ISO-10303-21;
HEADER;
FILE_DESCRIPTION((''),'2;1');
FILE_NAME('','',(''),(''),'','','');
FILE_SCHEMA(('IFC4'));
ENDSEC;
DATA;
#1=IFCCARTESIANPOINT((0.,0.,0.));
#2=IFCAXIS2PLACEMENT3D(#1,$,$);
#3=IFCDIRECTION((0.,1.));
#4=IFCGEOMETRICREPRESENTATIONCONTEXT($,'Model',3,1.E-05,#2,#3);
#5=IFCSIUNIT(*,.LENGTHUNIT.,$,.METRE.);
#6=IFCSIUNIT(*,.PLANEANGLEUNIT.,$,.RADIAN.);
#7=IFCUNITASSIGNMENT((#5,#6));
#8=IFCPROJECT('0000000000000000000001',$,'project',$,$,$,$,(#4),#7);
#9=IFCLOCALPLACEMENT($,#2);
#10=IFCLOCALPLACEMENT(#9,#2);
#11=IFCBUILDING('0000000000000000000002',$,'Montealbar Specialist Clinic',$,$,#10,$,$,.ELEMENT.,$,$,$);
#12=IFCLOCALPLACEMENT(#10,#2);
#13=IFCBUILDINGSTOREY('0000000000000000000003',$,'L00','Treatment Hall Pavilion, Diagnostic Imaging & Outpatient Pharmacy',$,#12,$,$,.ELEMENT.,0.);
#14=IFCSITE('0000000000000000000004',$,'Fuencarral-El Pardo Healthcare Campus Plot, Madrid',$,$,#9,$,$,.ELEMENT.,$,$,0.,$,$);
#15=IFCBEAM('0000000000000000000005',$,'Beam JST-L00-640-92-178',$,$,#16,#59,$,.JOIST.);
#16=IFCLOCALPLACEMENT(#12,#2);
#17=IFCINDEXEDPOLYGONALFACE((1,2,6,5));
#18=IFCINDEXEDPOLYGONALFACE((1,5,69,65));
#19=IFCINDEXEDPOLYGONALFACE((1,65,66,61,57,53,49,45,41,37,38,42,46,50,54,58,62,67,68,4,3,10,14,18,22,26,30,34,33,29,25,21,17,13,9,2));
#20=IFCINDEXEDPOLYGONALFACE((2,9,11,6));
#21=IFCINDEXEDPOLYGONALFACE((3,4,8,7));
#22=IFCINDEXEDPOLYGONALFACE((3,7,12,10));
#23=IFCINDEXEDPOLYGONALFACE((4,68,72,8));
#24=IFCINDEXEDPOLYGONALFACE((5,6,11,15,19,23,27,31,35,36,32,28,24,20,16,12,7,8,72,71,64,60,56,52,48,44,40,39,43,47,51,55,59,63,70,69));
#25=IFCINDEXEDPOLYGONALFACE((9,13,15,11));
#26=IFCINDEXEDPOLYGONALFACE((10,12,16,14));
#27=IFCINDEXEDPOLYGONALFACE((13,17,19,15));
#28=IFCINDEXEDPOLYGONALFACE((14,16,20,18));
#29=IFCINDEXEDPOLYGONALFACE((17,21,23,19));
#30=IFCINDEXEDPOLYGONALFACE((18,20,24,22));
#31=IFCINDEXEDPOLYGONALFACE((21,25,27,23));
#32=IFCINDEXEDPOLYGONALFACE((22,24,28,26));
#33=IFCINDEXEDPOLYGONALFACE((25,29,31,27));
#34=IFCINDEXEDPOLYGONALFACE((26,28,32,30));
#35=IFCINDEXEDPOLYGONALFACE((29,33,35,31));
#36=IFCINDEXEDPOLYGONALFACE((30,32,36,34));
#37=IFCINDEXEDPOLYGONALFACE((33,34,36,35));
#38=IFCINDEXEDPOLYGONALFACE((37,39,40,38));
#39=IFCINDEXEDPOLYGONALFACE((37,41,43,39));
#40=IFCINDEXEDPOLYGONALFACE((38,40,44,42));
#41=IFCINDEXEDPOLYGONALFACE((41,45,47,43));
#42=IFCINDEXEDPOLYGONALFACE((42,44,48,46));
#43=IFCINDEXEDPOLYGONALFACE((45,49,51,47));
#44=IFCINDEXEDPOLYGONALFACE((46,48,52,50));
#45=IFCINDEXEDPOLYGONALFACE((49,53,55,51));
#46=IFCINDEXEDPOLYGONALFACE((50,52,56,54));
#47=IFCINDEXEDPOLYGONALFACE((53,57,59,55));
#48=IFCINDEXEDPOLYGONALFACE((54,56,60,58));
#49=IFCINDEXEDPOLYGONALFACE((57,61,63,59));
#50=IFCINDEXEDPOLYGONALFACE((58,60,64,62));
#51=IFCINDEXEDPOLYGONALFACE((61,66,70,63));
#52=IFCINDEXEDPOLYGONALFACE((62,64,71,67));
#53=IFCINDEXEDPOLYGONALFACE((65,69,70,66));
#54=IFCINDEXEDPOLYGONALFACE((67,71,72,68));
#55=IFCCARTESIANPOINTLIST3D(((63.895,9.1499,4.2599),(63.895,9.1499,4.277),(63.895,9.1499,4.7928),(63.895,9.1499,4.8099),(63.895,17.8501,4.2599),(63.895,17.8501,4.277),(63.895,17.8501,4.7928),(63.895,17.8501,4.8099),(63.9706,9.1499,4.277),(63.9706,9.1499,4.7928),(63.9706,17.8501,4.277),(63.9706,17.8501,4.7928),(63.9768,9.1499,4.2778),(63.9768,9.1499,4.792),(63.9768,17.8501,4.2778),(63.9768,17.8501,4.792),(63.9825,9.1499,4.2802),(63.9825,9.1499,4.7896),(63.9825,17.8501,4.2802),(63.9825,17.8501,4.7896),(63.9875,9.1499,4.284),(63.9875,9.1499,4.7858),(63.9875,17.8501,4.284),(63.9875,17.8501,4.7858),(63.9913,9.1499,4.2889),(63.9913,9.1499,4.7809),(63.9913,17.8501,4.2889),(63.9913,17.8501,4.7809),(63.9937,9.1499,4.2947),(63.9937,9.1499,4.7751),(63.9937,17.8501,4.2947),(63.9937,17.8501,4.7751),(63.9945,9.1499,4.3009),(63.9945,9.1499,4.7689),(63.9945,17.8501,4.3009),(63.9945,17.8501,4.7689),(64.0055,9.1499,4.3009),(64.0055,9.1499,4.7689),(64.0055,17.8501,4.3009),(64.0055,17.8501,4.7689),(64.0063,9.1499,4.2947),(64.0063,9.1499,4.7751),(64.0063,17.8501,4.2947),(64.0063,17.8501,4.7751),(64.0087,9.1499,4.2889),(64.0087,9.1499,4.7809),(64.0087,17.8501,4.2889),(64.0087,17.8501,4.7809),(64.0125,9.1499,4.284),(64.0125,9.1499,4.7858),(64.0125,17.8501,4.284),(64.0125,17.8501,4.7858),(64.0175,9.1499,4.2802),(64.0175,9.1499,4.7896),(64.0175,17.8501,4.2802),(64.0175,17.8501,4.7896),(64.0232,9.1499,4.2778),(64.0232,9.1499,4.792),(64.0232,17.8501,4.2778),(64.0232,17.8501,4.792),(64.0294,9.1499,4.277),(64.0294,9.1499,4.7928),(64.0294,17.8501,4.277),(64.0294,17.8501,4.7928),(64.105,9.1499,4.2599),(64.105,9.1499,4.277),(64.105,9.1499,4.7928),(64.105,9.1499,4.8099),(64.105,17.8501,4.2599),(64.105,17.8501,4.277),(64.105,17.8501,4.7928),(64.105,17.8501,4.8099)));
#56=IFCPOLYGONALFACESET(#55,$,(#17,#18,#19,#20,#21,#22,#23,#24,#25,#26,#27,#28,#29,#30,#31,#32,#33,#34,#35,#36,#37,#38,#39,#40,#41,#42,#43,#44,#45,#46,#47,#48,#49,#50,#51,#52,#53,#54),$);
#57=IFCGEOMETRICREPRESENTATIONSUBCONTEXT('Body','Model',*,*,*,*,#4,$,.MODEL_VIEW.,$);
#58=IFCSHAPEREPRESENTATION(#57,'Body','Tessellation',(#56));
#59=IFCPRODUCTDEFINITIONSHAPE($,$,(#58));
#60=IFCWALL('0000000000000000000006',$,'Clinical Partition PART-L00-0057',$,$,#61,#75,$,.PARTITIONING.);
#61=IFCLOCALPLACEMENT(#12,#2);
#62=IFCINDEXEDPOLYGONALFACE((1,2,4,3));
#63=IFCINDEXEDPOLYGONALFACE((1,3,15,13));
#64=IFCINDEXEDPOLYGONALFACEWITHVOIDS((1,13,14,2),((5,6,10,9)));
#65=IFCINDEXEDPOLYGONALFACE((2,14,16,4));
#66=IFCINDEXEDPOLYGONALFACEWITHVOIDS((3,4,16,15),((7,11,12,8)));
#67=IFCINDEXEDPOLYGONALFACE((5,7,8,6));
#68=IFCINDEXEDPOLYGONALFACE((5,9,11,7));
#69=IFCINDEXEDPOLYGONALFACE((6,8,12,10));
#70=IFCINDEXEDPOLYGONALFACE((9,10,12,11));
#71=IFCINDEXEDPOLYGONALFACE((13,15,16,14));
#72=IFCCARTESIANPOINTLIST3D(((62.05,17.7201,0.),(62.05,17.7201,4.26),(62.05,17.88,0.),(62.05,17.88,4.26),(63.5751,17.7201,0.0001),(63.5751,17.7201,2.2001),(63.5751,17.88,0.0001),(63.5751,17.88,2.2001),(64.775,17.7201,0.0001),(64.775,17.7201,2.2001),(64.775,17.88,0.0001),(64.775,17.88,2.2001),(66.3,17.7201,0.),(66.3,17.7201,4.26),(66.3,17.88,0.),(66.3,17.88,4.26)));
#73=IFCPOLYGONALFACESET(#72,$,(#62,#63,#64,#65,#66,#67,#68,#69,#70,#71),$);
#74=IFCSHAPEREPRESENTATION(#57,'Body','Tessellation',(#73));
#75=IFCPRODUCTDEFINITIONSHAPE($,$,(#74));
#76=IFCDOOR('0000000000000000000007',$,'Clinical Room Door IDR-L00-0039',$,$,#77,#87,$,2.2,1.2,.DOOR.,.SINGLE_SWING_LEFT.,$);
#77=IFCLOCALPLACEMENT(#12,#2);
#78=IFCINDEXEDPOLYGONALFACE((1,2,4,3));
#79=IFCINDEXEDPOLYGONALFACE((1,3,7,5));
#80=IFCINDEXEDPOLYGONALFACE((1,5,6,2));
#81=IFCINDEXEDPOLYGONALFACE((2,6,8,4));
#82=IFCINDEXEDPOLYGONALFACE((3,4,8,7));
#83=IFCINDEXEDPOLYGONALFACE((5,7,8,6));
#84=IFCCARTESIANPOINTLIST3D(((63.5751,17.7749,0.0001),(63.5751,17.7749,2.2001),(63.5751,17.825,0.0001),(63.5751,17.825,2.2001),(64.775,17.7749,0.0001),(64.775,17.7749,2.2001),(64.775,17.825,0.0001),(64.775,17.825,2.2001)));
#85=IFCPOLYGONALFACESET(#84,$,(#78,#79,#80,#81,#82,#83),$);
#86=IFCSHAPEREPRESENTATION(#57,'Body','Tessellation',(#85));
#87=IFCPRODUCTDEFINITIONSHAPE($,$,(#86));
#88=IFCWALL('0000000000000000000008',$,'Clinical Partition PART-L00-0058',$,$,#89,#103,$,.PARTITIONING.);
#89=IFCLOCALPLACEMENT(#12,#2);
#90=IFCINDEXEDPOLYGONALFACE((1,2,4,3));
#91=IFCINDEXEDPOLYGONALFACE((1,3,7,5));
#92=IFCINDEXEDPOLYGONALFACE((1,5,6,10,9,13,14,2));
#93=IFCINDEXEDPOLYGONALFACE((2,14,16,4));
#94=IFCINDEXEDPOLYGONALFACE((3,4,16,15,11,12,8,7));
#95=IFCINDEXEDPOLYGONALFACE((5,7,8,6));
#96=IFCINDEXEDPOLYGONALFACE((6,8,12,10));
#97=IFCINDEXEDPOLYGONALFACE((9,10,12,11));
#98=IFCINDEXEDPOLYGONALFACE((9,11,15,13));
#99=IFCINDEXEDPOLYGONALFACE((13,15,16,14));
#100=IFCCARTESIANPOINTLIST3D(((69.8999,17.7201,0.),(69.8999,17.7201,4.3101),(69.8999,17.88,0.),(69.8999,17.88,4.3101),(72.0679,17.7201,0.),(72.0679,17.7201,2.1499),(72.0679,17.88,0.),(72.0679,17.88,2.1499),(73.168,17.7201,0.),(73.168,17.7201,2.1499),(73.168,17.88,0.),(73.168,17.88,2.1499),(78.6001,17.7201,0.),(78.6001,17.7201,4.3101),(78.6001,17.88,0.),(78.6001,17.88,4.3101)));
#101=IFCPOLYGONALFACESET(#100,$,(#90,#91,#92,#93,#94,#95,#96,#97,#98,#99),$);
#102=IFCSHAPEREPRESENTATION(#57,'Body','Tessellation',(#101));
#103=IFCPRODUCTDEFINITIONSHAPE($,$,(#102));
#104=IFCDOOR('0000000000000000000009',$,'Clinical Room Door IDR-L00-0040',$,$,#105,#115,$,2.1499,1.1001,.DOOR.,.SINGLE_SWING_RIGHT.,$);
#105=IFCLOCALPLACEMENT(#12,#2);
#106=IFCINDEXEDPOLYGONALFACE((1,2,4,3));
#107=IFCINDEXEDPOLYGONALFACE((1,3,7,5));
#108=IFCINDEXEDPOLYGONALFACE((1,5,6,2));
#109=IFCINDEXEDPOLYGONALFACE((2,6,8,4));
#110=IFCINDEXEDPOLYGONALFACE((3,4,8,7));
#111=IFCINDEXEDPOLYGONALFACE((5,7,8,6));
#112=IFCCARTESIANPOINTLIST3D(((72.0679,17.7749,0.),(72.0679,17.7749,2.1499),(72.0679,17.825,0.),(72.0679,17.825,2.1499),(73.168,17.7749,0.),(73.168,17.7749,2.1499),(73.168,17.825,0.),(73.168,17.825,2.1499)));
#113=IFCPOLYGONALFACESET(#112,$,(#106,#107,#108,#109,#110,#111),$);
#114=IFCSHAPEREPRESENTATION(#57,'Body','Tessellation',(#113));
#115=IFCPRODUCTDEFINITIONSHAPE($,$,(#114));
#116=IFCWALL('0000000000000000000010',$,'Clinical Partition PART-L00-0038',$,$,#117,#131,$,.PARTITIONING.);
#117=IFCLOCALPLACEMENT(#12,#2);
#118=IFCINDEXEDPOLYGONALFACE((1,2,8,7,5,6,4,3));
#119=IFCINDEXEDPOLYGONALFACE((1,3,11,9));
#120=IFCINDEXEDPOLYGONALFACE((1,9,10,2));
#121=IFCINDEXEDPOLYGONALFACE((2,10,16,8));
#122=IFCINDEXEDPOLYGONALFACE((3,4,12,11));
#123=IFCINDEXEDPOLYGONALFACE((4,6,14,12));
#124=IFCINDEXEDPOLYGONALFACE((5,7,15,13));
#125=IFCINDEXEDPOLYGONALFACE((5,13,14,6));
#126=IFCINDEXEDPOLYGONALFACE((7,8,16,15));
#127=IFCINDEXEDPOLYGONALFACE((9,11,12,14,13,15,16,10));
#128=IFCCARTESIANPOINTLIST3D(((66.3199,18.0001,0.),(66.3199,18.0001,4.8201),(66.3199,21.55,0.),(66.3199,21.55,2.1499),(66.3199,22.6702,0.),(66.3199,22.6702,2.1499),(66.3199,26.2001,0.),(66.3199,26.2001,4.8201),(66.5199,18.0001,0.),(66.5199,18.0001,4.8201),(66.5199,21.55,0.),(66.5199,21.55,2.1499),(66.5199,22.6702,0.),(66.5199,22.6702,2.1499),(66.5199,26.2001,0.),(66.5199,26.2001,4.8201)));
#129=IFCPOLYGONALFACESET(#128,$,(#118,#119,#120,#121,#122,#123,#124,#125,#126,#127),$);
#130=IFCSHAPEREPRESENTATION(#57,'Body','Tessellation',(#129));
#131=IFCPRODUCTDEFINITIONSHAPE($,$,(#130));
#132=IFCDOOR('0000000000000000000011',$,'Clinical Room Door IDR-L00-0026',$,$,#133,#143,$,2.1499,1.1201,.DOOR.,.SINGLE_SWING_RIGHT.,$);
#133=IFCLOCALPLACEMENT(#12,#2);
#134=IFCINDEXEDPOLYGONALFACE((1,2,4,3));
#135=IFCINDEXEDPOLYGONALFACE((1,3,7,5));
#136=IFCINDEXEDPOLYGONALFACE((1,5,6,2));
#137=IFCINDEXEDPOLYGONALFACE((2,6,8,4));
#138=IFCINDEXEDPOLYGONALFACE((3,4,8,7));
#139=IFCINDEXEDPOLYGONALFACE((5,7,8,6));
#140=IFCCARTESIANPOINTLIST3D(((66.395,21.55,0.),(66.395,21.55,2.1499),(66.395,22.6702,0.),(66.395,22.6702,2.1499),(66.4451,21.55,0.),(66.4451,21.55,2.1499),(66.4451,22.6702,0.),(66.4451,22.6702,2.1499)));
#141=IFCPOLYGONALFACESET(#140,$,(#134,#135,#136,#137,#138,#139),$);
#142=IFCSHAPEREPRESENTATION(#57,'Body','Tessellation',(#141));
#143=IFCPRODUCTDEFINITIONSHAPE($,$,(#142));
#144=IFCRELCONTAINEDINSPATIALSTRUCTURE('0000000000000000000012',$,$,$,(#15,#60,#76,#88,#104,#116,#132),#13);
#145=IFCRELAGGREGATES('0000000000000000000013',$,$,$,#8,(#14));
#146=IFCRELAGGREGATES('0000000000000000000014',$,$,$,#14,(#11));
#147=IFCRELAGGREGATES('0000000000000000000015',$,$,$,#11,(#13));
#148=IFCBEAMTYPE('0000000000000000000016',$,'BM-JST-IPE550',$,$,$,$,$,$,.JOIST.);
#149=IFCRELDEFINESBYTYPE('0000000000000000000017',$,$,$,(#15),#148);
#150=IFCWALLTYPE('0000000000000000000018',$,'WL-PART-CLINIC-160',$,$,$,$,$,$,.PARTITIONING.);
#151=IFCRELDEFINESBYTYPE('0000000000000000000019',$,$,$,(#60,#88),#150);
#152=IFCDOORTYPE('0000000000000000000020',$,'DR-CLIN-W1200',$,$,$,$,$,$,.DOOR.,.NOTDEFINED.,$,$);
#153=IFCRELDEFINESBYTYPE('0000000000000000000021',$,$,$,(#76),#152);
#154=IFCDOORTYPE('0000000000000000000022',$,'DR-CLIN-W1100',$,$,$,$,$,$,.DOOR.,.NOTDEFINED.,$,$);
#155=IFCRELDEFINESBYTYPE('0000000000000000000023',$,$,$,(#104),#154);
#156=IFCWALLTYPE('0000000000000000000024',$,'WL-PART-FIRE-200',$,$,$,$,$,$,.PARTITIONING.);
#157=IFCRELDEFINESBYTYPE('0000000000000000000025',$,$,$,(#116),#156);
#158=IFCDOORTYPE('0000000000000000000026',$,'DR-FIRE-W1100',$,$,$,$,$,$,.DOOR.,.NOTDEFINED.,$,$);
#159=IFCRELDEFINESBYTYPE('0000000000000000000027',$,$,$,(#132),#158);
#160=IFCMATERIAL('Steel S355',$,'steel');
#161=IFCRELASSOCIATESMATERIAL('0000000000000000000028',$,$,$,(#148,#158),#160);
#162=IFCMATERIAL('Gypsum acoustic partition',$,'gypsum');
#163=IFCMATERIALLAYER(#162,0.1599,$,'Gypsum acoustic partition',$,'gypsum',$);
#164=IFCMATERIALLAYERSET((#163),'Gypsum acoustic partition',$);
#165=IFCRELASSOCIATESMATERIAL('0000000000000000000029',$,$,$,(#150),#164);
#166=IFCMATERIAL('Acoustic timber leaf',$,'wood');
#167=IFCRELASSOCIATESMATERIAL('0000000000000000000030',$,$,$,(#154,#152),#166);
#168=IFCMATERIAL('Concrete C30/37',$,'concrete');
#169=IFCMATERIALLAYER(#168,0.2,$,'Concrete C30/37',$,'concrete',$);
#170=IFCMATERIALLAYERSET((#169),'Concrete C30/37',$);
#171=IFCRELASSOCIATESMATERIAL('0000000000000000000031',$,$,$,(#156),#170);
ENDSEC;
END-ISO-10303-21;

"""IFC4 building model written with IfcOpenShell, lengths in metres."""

from ifc_helpers import new_model, si_unit, direction, frame, frame_2d, origin, origin_2d, place, context, subcontext, project, spatial, rectangle, i_section, extrude, material, layer, layer_set, material_profile, profile_set, type_object, element, fill, save


model = new_model("IFC4")

# Units and contexts
model_context = context("Model", 3, precision=1e-05, world=origin(), true_north=direction((0.0, 1.0)))
body_context = subcontext(model_context, "Body", "Model", "MODEL_VIEW")
ifc_project = project(units=[si_unit("LENGTHUNIT", "METRE"), si_unit("PLANEANGLEUNIT", "RADIAN")], contexts=[model_context])

# Site, building, storey
site_placement = place(None, origin())
site = spatial("IfcSite", under=ifc_project, at=site_placement, Name="Fuencarral-El Pardo Healthcare Campus Plot, Madrid", CompositionType="ELEMENT", RefElevation=0.0)
building_placement = place(site_placement, origin())
building = spatial("IfcBuilding", under=site, at=building_placement, Name="Montealbar Specialist Clinic", CompositionType="ELEMENT")
storey_placement = place(building_placement, origin())
storey = spatial("IfcBuildingStorey", under=building, at=storey_placement, Name="L00", Description="Treatment Hall Pavilion, Diagnostic Imaging & Outpatient Pharmacy", CompositionType="ELEMENT", Elevation=0.0)

# Shared definitions
ifc_material_1 = material(Name="Steel S355", Category="steel")

# Beam
ifc_material_profile_1 = material_profile(ifc_material_1, i_section(OverallWidth=0.21, OverallDepth=0.55, WebThickness=0.011, FlangeThickness=0.0171, FilletRadius=0.0239, at=origin_2d()), Name="IPE 550", Category="steel")
ifc_profile_set_1 = profile_set([ifc_material_profile_1], Name="Steel S355")
beam_type_1 = type_object("IfcBeamType", Name="BM-JST-IPE550", PredefinedType="JOIST", material=ifc_profile_set_1)
beam_1_placement = place(storey_placement, frame((64.0, 9.1499, 4.5349), z_axis=(0.0, 1.0, 0.0), x_axis=(-1.0, 0.0, 0.0)))
element("IfcBeam", 1, at=beam_1_placement, inside=storey, type_object=beam_type_1, Name="Beam JST-L00-640-92-178", PredefinedType="JOIST", context=body_context, shape_type="SweptSolid", body=[
    extrude(i_section(OverallWidth=0.21, OverallDepth=0.55, WebThickness=0.011, FlangeThickness=0.0171, FilletRadius=0.0239, at=origin_2d()), origin(), (0.0, 0.0, 1.0), 8.7002),
])

# Walls, openings, doors
ifc_material_2 = material(Name="Gypsum acoustic partition", Category="gypsum")
ifc_layer_1 = layer(ifc_material_2, 0.1599, Name="Gypsum acoustic partition", Category="gypsum")
ifc_layer_set_1 = layer_set([ifc_layer_1], Name="Gypsum acoustic partition")
wall_type_1 = type_object("IfcWallType", Name="WL-PART-CLINIC-160", PredefinedType="PARTITIONING", material=ifc_layer_set_1)
ifc_material_3 = material(Name="Acoustic timber leaf", Category="wood")
door_type_1 = type_object("IfcDoorType", Name="DR-CLIN-W1100", OperationType="NOTDEFINED", PredefinedType="DOOR", material=ifc_material_3)
wall_1_placement = place(storey_placement, frame((62.05, 17.8, 0.0), z_axis=(0.0, 0.0, 1.0), x_axis=(1.0, 0.0, 0.0)))
wall_1 = element("IfcWall", 2, at=wall_1_placement, inside=storey, type_object=wall_type_1, Name="Clinical Partition PART-L00-0057", PredefinedType="PARTITIONING", context=body_context, shape_type="SweptSolid", body=[
    extrude(rectangle(XDim=4.25, YDim=0.1599, at=frame_2d((2.125, 0.0))), origin(), (0.0, 0.0, 1.0), 4.26),
])
opening_1_placement = place(wall_1_placement, frame((1.5249, 0.0, 0.0)))
opening_1 = element("IfcOpeningElement", 3, at=opening_1_placement, cuts=wall_1, PredefinedType="OPENING", context=body_context, shape_type="SweptSolid", body=[
    extrude(rectangle(XDim=1.2, YDim=2.2, at=frame_2d((0.6001, 1.1001))), frame((0.0, 0.0898, 0.0), z_axis=(0.0, -1.0, 0.0), x_axis=(1.0, 0.0, 0.0)), (0.0, 0.0, 1.0), 0.1799),
])
door_type_2 = type_object("IfcDoorType", Name="DR-CLIN-W1200", OperationType="NOTDEFINED", PredefinedType="DOOR", material=ifc_material_3)
door_1_placement = place(opening_1_placement, origin())
door_1 = element("IfcDoor", 4, at=door_1_placement, inside=storey, type_object=door_type_2, Name="Clinical Room Door IDR-L00-0039", OperationType="SINGLE_SWING_LEFT", OverallHeight=2.2, OverallWidth=1.2, PredefinedType="DOOR", context=body_context, shape_type="SweptSolid", body=[
    extrude(rectangle(XDim=1.2, YDim=2.2, at=frame_2d((0.6001, 1.1001))), frame((0.0, 0.0249, 0.0), z_axis=(0.0, -1.0, 0.0), x_axis=(1.0, 0.0, 0.0)), (0.0, 0.0, 1.0), 0.05),
])
fill(opening_1, door_1)
wall_2_placement = place(storey_placement, frame((69.8999, 17.8, 0.0), z_axis=(0.0, 0.0, 1.0), x_axis=(1.0, 0.0, 0.0)))
wall_2 = element("IfcWall", 5, at=wall_2_placement, inside=storey, type_object=wall_type_1, Name="Clinical Partition PART-L00-0058", PredefinedType="PARTITIONING", context=body_context, shape_type="SweptSolid", body=[
    extrude(rectangle(XDim=8.7002, YDim=0.1599, at=frame_2d((4.3501, 0.0))), origin(), (0.0, 0.0, 1.0), 4.3101),
])
opening_2_placement = place(wall_2_placement, frame((2.168, 0.0, 0.0)))
opening_2 = element("IfcOpeningElement", 6, at=opening_2_placement, cuts=wall_2, PredefinedType="OPENING", context=body_context, shape_type="SweptSolid", body=[
    extrude(rectangle(XDim=1.1001, YDim=2.1499, at=frame_2d((0.55, 1.075))), frame((0.0, 0.0898, 0.0), z_axis=(0.0, -1.0, 0.0), x_axis=(1.0, 0.0, 0.0)), (0.0, 0.0, 1.0), 0.1799),
])
door_2_placement = place(opening_2_placement, origin())
door_2 = element("IfcDoor", 7, at=door_2_placement, inside=storey, type_object=door_type_1, Name="Clinical Room Door IDR-L00-0040", OperationType="SINGLE_SWING_RIGHT", OverallHeight=2.1499, OverallWidth=1.1001, PredefinedType="DOOR", context=body_context, shape_type="SweptSolid", body=[
    extrude(rectangle(XDim=1.1001, YDim=2.1499, at=frame_2d((0.55, 1.075))), frame((0.0, 0.0249, 0.0), z_axis=(0.0, -1.0, 0.0), x_axis=(1.0, 0.0, 0.0)), (0.0, 0.0, 1.0), 0.05),
])
fill(opening_2, door_2)
ifc_material_4 = material(Name="Concrete C30/37", Category="concrete")
ifc_layer_2 = layer(ifc_material_4, 0.2, Name="Concrete C30/37", Category="concrete")
ifc_layer_set_2 = layer_set([ifc_layer_2], Name="Concrete C30/37")
wall_type_2 = type_object("IfcWallType", Name="WL-PART-FIRE-200", PredefinedType="PARTITIONING", material=ifc_layer_set_2)
wall_3_placement = place(storey_placement, frame((66.4199, 18.0, 0.0), z_axis=(0.0, 0.0, 1.0), x_axis=(0.0, 1.0, 0.0)))
wall_3 = element("IfcWall", 8, at=wall_3_placement, inside=storey, type_object=wall_type_2, Name="Clinical Partition PART-L00-0038", PredefinedType="PARTITIONING", context=body_context, shape_type="SweptSolid", body=[
    extrude(rectangle(XDim=8.2, YDim=0.2, at=frame_2d((4.1001, 0.0))), origin(), (0.0, 0.0, 1.0), 4.8201),
])
opening_3_placement = place(wall_3_placement, frame((3.55, 0.0, 0.0)))
opening_3 = element("IfcOpeningElement", 9, at=opening_3_placement, cuts=wall_3, PredefinedType="OPENING", context=body_context, shape_type="SweptSolid", body=[
    extrude(rectangle(XDim=1.1201, YDim=2.1499, at=frame_2d((0.5601, 1.075))), frame((0.0, 0.1099, 0.0), z_axis=(0.0, -1.0, 0.0), x_axis=(1.0, 0.0, 0.0)), (0.0, 0.0, 1.0), 0.22),
])
door_type_3 = type_object("IfcDoorType", Name="DR-FIRE-W1100", OperationType="NOTDEFINED", PredefinedType="DOOR", material=ifc_material_1)
door_3_placement = place(opening_3_placement, origin())
door_3 = element("IfcDoor", 10, at=door_3_placement, inside=storey, type_object=door_type_3, Name="Clinical Room Door IDR-L00-0026", OperationType="SINGLE_SWING_RIGHT", OverallHeight=2.1499, OverallWidth=1.1201, PredefinedType="DOOR", context=body_context, shape_type="SweptSolid", body=[
    extrude(rectangle(XDim=1.1201, YDim=2.1499, at=frame_2d((0.5601, 1.075))), frame((0.0, 0.0249, 0.0), z_axis=(0.0, -1.0, 0.0), x_axis=(1.0, 0.0, 0.0)), (0.0, 0.0, 1.0), 0.05),
])
fill(opening_3, door_3)

save(model, "model.ifc")
